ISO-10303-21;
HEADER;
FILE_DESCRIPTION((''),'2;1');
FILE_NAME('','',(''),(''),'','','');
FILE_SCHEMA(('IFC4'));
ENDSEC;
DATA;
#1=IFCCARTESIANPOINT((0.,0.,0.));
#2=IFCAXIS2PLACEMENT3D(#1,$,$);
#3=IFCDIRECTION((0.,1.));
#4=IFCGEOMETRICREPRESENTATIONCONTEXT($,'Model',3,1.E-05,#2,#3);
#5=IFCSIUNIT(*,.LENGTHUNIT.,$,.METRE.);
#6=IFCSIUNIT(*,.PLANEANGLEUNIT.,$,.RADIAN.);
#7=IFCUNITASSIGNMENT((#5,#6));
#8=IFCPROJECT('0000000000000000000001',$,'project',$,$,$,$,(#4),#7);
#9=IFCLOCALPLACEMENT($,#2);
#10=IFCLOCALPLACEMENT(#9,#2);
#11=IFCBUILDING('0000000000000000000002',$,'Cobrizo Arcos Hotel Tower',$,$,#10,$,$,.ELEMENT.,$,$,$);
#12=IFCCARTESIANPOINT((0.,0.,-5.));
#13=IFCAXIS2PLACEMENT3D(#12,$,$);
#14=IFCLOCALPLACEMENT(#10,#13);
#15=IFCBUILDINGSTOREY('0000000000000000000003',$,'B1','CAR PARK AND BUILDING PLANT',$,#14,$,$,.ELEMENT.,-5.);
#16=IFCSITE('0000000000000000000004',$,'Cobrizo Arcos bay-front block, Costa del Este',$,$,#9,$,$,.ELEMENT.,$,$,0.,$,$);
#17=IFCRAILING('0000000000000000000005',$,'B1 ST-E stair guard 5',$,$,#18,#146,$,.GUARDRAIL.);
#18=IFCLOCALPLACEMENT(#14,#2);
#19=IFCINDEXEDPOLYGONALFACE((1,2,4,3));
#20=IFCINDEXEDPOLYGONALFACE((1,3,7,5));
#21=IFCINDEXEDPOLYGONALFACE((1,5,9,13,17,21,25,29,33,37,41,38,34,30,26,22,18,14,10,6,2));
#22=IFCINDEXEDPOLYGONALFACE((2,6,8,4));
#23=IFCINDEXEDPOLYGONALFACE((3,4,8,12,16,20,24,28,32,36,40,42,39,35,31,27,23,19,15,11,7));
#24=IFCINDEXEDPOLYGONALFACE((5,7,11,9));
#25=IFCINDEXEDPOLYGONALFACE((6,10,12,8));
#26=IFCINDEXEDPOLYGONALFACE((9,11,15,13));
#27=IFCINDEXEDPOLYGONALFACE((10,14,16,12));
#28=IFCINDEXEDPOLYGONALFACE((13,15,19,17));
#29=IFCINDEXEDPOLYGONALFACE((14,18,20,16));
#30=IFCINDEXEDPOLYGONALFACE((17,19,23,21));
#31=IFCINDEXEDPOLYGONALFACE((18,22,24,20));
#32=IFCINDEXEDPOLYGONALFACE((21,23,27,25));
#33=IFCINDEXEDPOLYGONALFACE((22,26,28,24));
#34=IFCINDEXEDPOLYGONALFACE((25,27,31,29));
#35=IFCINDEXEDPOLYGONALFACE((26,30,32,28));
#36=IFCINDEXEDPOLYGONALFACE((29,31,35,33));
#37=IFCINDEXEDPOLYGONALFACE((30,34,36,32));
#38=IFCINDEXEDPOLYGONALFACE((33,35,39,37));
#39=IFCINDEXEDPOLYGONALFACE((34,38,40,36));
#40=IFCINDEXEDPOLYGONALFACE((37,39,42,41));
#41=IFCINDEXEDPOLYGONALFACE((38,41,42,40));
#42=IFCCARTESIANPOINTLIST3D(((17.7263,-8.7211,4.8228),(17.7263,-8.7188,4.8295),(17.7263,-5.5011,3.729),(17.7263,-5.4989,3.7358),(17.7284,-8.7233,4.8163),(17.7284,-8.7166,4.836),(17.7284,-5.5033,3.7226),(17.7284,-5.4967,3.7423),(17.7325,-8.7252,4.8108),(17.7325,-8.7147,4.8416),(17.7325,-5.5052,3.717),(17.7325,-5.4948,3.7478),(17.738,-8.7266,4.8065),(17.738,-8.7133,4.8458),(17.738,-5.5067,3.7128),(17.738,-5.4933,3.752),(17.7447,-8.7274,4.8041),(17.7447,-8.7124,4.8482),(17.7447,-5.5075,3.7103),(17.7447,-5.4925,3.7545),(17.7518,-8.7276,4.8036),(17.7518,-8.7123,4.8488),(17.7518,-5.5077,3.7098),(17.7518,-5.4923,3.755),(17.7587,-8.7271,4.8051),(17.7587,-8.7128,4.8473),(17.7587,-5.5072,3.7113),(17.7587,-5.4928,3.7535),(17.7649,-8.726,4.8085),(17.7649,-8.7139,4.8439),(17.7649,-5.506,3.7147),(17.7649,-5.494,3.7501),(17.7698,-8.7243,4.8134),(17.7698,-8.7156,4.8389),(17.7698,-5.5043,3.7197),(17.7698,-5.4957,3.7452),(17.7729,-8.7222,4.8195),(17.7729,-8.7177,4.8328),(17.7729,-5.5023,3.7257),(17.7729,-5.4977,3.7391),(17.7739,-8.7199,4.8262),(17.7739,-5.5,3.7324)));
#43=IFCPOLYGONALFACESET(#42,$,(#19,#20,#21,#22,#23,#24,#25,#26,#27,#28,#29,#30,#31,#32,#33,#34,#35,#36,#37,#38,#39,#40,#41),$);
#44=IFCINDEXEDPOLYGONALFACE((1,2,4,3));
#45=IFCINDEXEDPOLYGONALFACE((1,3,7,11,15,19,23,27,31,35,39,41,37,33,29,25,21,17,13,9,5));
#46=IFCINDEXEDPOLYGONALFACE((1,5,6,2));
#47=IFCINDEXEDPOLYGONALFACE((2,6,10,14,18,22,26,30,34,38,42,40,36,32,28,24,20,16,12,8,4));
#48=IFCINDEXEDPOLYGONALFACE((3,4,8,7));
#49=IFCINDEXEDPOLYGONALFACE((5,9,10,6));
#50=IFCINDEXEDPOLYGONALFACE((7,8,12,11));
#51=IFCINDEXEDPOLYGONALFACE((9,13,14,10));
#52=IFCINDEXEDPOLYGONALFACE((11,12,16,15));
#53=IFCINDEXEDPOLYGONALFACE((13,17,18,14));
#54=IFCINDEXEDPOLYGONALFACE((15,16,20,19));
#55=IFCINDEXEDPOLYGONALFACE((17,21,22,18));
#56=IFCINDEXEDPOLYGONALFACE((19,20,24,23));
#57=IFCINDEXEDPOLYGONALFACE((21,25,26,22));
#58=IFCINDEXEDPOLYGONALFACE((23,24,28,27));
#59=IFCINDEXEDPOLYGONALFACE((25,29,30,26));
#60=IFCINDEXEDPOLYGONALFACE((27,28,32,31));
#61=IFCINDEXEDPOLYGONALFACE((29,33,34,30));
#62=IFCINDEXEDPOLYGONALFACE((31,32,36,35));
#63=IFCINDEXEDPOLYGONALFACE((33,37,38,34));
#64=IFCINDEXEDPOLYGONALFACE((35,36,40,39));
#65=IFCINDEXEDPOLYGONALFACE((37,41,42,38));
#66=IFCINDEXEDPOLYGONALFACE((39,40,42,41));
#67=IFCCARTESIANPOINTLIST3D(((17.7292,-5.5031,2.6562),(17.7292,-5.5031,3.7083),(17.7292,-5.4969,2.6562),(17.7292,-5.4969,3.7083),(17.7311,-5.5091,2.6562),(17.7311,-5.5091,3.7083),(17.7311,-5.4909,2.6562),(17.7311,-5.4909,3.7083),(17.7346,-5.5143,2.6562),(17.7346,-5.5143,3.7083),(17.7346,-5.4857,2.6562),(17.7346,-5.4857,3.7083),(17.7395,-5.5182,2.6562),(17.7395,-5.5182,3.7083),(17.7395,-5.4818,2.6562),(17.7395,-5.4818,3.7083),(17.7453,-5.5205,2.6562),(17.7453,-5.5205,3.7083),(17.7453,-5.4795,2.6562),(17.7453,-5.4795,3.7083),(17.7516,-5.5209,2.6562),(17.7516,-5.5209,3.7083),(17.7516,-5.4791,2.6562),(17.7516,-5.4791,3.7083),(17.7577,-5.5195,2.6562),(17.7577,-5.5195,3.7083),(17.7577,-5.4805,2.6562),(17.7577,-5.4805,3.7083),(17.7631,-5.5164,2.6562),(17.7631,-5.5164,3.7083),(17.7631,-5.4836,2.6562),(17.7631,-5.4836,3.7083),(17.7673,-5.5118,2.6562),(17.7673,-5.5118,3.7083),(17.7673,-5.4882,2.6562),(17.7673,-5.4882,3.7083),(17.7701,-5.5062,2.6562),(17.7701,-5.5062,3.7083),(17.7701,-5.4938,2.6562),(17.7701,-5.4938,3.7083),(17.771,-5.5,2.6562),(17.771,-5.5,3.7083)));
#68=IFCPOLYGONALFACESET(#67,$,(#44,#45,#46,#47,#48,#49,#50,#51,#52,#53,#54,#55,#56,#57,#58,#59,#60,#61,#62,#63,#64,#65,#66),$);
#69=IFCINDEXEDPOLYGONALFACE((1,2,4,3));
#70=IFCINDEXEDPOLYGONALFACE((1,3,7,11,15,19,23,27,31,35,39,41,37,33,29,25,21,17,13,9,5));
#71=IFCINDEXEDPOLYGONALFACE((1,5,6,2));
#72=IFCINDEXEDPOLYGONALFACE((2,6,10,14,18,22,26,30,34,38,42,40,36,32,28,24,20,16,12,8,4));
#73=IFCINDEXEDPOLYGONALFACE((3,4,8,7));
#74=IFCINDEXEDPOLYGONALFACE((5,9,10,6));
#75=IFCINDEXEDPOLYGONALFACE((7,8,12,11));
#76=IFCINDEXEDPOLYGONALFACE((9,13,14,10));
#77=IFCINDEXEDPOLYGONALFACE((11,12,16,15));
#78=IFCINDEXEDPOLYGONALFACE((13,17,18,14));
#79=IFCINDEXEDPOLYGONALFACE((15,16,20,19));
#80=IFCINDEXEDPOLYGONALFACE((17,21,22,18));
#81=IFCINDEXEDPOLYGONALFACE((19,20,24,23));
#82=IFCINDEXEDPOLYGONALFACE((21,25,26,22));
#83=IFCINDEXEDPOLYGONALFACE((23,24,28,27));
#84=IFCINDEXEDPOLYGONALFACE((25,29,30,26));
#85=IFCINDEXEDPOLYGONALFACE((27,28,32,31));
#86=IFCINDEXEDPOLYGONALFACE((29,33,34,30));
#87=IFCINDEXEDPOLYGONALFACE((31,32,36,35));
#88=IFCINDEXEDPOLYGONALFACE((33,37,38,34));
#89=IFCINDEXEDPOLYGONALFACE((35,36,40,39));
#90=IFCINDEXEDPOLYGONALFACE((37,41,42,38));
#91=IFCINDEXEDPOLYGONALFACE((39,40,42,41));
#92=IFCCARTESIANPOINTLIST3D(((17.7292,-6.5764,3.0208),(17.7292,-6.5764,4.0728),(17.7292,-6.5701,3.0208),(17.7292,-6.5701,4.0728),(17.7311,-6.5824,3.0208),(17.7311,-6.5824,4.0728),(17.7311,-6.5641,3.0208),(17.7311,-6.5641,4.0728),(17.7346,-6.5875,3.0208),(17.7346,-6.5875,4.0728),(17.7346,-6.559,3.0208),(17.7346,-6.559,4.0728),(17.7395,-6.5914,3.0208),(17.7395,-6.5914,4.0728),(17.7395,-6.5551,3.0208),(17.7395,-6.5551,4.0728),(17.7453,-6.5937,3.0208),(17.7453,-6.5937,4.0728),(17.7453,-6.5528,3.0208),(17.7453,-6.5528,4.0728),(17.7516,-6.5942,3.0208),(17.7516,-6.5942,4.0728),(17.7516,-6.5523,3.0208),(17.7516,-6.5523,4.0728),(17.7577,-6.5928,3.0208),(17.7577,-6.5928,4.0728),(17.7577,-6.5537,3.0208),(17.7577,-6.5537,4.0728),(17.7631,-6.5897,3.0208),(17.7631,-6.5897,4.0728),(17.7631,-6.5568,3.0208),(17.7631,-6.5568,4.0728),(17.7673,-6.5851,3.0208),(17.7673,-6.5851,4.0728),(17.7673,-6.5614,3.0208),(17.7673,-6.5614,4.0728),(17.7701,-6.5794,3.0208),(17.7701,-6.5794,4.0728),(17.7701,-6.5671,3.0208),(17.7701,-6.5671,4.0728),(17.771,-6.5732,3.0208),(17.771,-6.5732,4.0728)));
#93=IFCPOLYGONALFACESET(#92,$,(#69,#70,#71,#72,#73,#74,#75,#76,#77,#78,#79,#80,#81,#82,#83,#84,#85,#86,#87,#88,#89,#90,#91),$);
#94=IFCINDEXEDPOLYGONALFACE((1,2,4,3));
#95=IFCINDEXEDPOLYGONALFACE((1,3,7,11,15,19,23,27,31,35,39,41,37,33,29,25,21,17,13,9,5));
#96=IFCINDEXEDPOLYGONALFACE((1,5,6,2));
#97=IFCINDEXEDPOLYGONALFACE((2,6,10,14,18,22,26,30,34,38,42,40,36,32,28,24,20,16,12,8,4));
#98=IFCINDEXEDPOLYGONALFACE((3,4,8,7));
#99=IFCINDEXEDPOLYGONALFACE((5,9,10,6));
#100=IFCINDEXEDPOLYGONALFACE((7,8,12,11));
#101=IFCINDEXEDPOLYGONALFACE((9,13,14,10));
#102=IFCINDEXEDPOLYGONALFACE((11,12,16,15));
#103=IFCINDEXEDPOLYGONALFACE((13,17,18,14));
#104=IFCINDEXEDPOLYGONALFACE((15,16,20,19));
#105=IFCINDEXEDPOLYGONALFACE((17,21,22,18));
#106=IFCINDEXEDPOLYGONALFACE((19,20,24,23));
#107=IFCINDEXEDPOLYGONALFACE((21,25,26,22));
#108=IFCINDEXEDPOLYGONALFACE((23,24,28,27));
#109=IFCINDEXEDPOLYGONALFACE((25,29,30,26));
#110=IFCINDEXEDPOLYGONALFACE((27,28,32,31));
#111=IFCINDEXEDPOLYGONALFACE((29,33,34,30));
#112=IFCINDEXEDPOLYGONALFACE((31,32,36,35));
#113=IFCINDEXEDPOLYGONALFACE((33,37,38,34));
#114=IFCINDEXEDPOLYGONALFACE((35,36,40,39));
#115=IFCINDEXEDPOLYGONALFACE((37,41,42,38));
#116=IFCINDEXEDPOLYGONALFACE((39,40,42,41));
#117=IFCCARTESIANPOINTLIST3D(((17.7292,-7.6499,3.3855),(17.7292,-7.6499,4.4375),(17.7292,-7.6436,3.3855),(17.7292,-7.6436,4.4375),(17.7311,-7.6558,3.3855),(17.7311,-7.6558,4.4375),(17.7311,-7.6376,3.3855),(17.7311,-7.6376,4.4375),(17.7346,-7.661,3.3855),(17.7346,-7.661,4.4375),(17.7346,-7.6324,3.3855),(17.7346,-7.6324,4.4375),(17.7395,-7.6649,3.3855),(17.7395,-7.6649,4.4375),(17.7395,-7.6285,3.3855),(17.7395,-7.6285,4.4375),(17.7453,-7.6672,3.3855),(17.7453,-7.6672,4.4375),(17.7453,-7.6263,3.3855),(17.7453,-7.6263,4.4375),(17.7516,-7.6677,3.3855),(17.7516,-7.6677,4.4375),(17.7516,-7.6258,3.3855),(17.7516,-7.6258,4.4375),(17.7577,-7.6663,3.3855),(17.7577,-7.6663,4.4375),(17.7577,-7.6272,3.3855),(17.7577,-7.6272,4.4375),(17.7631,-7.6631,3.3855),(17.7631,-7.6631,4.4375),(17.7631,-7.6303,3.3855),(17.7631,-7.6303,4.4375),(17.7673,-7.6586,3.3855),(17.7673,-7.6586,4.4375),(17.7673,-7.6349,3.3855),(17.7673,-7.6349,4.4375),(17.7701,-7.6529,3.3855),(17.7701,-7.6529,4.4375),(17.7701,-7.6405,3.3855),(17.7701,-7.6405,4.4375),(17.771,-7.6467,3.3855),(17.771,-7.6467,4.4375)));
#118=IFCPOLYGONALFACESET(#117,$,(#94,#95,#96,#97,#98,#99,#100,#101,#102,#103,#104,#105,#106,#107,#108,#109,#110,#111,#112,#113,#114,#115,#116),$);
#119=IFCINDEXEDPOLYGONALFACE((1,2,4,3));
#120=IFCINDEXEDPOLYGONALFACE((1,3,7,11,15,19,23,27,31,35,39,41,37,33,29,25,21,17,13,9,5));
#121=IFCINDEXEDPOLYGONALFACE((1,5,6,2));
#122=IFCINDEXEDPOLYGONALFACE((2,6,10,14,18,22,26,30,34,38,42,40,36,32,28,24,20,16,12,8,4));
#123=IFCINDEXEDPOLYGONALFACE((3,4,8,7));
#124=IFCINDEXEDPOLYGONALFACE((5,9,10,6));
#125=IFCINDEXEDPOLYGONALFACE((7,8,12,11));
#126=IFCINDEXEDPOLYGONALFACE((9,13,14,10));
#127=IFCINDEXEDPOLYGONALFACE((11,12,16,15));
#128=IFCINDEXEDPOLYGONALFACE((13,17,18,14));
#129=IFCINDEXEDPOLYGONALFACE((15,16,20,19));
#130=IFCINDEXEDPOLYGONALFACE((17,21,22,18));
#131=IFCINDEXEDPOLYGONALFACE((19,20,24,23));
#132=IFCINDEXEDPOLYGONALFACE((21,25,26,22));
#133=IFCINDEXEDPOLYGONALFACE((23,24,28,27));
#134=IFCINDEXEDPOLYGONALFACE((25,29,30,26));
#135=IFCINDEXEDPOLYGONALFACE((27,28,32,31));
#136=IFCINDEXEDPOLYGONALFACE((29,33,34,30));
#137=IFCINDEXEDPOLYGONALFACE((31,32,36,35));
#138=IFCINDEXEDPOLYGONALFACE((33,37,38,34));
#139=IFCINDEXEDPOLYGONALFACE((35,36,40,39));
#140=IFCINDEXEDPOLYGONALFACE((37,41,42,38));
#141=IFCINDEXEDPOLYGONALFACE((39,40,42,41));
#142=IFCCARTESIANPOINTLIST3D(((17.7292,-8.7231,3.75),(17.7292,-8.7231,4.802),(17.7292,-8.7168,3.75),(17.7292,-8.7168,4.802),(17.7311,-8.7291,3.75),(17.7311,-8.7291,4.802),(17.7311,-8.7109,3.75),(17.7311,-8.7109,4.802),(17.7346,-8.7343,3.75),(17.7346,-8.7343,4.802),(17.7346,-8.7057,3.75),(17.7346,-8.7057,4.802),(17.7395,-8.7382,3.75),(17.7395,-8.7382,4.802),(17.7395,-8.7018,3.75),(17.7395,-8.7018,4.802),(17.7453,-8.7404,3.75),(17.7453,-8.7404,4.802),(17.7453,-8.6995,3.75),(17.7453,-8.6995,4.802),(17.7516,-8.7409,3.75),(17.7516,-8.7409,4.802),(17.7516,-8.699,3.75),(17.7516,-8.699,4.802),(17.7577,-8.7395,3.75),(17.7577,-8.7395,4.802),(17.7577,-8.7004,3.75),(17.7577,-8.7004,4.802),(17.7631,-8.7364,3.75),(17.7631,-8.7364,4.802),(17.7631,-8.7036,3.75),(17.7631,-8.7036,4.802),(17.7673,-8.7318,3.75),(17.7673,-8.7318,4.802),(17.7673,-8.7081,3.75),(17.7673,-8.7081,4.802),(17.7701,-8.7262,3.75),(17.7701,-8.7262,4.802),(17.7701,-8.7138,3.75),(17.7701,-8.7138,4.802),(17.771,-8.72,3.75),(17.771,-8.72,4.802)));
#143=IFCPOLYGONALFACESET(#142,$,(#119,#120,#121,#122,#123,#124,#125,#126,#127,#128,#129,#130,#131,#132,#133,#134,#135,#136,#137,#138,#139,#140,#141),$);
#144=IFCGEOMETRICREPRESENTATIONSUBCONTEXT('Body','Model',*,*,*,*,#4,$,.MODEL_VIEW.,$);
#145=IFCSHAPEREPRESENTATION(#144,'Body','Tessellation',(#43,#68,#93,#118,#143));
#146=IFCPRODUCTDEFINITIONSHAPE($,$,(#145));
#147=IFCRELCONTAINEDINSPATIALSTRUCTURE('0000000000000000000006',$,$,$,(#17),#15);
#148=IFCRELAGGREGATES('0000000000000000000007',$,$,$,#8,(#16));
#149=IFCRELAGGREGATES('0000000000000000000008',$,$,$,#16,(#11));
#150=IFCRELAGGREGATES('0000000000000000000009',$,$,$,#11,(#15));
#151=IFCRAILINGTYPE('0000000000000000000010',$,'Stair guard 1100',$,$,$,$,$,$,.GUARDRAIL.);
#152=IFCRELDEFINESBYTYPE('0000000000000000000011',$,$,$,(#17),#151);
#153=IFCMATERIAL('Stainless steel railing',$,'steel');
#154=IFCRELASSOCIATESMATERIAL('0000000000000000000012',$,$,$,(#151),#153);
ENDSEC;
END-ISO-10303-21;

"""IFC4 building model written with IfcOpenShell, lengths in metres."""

from ifc_helpers import new_model, si_unit, direction, frame, origin, origin_2d, place, context, subcontext, project, spatial, circle, extrude, material, type_object, element, save


model = new_model("IFC4")

# Units and contexts
model_context = context("Model", 3, precision=1e-05, world=origin(), true_north=direction((0.0, 1.0)))
body_context = subcontext(model_context, "Body", "Model", "MODEL_VIEW")
ifc_project = project(units=[si_unit("LENGTHUNIT", "METRE"), si_unit("PLANEANGLEUNIT", "RADIAN")], contexts=[model_context])

# Site, building, storey
site_placement = place(None, origin())
site = spatial("IfcSite", under=ifc_project, at=site_placement, Name="Cobrizo Arcos bay-front block, Costa del Este", CompositionType="ELEMENT", RefElevation=0.0)
building_placement = place(site_placement, origin())
building = spatial("IfcBuilding", under=site, at=building_placement, Name="Cobrizo Arcos Hotel Tower", CompositionType="ELEMENT")
storey_placement = place(building_placement, frame((0.0, 0.0, -5.0)))
storey = spatial("IfcBuildingStorey", under=building, at=storey_placement, Name="B1", Description="CAR PARK AND BUILDING PLANT", CompositionType="ELEMENT", Elevation=-5.0)

# Railing
ifc_material_1 = material(Name="Stainless steel railing", Category="steel")
railing_type_1 = type_object("IfcRailingType", Name="Stair guard 1100", PredefinedType="GUARDRAIL", material=ifc_material_1)
railing_1_placement = place(storey_placement, frame((17.75, -5.5, 2.6562)))
element("IfcRailing", 1, at=railing_1_placement, inside=storey, type_object=railing_type_1, Name="B1 ST-E stair guard 5", PredefinedType="GUARDRAIL", context=body_context, shape_type="SweptSolid", body=[
    extrude(circle(Radius=0.0239, at=origin_2d()), frame((0.0, 0.0, 1.0762), z_axis=(0.0, -0.946866, 0.321629), x_axis=(1.0, 0.0, 0.0)), (0.0, 0.0, 1.0), 3.4006),
    extrude(circle(Radius=0.021, at=origin_2d()), origin(), (0.0, 0.0, 1.0), 1.052),
    extrude(circle(Radius=0.021, at=origin_2d()), frame((0.0, -1.0732, 0.3645)), (0.0, 0.0, 1.0), 1.052),
    extrude(circle(Radius=0.021, at=origin_2d()), frame((0.0, -2.1467, 0.7292)), (0.0, 0.0, 1.0), 1.052),
    extrude(circle(Radius=0.021, at=origin_2d()), frame((0.0, -3.22, 1.0938)), (0.0, 0.0, 1.0), 1.052),
])

save(model, "model.ifc")
